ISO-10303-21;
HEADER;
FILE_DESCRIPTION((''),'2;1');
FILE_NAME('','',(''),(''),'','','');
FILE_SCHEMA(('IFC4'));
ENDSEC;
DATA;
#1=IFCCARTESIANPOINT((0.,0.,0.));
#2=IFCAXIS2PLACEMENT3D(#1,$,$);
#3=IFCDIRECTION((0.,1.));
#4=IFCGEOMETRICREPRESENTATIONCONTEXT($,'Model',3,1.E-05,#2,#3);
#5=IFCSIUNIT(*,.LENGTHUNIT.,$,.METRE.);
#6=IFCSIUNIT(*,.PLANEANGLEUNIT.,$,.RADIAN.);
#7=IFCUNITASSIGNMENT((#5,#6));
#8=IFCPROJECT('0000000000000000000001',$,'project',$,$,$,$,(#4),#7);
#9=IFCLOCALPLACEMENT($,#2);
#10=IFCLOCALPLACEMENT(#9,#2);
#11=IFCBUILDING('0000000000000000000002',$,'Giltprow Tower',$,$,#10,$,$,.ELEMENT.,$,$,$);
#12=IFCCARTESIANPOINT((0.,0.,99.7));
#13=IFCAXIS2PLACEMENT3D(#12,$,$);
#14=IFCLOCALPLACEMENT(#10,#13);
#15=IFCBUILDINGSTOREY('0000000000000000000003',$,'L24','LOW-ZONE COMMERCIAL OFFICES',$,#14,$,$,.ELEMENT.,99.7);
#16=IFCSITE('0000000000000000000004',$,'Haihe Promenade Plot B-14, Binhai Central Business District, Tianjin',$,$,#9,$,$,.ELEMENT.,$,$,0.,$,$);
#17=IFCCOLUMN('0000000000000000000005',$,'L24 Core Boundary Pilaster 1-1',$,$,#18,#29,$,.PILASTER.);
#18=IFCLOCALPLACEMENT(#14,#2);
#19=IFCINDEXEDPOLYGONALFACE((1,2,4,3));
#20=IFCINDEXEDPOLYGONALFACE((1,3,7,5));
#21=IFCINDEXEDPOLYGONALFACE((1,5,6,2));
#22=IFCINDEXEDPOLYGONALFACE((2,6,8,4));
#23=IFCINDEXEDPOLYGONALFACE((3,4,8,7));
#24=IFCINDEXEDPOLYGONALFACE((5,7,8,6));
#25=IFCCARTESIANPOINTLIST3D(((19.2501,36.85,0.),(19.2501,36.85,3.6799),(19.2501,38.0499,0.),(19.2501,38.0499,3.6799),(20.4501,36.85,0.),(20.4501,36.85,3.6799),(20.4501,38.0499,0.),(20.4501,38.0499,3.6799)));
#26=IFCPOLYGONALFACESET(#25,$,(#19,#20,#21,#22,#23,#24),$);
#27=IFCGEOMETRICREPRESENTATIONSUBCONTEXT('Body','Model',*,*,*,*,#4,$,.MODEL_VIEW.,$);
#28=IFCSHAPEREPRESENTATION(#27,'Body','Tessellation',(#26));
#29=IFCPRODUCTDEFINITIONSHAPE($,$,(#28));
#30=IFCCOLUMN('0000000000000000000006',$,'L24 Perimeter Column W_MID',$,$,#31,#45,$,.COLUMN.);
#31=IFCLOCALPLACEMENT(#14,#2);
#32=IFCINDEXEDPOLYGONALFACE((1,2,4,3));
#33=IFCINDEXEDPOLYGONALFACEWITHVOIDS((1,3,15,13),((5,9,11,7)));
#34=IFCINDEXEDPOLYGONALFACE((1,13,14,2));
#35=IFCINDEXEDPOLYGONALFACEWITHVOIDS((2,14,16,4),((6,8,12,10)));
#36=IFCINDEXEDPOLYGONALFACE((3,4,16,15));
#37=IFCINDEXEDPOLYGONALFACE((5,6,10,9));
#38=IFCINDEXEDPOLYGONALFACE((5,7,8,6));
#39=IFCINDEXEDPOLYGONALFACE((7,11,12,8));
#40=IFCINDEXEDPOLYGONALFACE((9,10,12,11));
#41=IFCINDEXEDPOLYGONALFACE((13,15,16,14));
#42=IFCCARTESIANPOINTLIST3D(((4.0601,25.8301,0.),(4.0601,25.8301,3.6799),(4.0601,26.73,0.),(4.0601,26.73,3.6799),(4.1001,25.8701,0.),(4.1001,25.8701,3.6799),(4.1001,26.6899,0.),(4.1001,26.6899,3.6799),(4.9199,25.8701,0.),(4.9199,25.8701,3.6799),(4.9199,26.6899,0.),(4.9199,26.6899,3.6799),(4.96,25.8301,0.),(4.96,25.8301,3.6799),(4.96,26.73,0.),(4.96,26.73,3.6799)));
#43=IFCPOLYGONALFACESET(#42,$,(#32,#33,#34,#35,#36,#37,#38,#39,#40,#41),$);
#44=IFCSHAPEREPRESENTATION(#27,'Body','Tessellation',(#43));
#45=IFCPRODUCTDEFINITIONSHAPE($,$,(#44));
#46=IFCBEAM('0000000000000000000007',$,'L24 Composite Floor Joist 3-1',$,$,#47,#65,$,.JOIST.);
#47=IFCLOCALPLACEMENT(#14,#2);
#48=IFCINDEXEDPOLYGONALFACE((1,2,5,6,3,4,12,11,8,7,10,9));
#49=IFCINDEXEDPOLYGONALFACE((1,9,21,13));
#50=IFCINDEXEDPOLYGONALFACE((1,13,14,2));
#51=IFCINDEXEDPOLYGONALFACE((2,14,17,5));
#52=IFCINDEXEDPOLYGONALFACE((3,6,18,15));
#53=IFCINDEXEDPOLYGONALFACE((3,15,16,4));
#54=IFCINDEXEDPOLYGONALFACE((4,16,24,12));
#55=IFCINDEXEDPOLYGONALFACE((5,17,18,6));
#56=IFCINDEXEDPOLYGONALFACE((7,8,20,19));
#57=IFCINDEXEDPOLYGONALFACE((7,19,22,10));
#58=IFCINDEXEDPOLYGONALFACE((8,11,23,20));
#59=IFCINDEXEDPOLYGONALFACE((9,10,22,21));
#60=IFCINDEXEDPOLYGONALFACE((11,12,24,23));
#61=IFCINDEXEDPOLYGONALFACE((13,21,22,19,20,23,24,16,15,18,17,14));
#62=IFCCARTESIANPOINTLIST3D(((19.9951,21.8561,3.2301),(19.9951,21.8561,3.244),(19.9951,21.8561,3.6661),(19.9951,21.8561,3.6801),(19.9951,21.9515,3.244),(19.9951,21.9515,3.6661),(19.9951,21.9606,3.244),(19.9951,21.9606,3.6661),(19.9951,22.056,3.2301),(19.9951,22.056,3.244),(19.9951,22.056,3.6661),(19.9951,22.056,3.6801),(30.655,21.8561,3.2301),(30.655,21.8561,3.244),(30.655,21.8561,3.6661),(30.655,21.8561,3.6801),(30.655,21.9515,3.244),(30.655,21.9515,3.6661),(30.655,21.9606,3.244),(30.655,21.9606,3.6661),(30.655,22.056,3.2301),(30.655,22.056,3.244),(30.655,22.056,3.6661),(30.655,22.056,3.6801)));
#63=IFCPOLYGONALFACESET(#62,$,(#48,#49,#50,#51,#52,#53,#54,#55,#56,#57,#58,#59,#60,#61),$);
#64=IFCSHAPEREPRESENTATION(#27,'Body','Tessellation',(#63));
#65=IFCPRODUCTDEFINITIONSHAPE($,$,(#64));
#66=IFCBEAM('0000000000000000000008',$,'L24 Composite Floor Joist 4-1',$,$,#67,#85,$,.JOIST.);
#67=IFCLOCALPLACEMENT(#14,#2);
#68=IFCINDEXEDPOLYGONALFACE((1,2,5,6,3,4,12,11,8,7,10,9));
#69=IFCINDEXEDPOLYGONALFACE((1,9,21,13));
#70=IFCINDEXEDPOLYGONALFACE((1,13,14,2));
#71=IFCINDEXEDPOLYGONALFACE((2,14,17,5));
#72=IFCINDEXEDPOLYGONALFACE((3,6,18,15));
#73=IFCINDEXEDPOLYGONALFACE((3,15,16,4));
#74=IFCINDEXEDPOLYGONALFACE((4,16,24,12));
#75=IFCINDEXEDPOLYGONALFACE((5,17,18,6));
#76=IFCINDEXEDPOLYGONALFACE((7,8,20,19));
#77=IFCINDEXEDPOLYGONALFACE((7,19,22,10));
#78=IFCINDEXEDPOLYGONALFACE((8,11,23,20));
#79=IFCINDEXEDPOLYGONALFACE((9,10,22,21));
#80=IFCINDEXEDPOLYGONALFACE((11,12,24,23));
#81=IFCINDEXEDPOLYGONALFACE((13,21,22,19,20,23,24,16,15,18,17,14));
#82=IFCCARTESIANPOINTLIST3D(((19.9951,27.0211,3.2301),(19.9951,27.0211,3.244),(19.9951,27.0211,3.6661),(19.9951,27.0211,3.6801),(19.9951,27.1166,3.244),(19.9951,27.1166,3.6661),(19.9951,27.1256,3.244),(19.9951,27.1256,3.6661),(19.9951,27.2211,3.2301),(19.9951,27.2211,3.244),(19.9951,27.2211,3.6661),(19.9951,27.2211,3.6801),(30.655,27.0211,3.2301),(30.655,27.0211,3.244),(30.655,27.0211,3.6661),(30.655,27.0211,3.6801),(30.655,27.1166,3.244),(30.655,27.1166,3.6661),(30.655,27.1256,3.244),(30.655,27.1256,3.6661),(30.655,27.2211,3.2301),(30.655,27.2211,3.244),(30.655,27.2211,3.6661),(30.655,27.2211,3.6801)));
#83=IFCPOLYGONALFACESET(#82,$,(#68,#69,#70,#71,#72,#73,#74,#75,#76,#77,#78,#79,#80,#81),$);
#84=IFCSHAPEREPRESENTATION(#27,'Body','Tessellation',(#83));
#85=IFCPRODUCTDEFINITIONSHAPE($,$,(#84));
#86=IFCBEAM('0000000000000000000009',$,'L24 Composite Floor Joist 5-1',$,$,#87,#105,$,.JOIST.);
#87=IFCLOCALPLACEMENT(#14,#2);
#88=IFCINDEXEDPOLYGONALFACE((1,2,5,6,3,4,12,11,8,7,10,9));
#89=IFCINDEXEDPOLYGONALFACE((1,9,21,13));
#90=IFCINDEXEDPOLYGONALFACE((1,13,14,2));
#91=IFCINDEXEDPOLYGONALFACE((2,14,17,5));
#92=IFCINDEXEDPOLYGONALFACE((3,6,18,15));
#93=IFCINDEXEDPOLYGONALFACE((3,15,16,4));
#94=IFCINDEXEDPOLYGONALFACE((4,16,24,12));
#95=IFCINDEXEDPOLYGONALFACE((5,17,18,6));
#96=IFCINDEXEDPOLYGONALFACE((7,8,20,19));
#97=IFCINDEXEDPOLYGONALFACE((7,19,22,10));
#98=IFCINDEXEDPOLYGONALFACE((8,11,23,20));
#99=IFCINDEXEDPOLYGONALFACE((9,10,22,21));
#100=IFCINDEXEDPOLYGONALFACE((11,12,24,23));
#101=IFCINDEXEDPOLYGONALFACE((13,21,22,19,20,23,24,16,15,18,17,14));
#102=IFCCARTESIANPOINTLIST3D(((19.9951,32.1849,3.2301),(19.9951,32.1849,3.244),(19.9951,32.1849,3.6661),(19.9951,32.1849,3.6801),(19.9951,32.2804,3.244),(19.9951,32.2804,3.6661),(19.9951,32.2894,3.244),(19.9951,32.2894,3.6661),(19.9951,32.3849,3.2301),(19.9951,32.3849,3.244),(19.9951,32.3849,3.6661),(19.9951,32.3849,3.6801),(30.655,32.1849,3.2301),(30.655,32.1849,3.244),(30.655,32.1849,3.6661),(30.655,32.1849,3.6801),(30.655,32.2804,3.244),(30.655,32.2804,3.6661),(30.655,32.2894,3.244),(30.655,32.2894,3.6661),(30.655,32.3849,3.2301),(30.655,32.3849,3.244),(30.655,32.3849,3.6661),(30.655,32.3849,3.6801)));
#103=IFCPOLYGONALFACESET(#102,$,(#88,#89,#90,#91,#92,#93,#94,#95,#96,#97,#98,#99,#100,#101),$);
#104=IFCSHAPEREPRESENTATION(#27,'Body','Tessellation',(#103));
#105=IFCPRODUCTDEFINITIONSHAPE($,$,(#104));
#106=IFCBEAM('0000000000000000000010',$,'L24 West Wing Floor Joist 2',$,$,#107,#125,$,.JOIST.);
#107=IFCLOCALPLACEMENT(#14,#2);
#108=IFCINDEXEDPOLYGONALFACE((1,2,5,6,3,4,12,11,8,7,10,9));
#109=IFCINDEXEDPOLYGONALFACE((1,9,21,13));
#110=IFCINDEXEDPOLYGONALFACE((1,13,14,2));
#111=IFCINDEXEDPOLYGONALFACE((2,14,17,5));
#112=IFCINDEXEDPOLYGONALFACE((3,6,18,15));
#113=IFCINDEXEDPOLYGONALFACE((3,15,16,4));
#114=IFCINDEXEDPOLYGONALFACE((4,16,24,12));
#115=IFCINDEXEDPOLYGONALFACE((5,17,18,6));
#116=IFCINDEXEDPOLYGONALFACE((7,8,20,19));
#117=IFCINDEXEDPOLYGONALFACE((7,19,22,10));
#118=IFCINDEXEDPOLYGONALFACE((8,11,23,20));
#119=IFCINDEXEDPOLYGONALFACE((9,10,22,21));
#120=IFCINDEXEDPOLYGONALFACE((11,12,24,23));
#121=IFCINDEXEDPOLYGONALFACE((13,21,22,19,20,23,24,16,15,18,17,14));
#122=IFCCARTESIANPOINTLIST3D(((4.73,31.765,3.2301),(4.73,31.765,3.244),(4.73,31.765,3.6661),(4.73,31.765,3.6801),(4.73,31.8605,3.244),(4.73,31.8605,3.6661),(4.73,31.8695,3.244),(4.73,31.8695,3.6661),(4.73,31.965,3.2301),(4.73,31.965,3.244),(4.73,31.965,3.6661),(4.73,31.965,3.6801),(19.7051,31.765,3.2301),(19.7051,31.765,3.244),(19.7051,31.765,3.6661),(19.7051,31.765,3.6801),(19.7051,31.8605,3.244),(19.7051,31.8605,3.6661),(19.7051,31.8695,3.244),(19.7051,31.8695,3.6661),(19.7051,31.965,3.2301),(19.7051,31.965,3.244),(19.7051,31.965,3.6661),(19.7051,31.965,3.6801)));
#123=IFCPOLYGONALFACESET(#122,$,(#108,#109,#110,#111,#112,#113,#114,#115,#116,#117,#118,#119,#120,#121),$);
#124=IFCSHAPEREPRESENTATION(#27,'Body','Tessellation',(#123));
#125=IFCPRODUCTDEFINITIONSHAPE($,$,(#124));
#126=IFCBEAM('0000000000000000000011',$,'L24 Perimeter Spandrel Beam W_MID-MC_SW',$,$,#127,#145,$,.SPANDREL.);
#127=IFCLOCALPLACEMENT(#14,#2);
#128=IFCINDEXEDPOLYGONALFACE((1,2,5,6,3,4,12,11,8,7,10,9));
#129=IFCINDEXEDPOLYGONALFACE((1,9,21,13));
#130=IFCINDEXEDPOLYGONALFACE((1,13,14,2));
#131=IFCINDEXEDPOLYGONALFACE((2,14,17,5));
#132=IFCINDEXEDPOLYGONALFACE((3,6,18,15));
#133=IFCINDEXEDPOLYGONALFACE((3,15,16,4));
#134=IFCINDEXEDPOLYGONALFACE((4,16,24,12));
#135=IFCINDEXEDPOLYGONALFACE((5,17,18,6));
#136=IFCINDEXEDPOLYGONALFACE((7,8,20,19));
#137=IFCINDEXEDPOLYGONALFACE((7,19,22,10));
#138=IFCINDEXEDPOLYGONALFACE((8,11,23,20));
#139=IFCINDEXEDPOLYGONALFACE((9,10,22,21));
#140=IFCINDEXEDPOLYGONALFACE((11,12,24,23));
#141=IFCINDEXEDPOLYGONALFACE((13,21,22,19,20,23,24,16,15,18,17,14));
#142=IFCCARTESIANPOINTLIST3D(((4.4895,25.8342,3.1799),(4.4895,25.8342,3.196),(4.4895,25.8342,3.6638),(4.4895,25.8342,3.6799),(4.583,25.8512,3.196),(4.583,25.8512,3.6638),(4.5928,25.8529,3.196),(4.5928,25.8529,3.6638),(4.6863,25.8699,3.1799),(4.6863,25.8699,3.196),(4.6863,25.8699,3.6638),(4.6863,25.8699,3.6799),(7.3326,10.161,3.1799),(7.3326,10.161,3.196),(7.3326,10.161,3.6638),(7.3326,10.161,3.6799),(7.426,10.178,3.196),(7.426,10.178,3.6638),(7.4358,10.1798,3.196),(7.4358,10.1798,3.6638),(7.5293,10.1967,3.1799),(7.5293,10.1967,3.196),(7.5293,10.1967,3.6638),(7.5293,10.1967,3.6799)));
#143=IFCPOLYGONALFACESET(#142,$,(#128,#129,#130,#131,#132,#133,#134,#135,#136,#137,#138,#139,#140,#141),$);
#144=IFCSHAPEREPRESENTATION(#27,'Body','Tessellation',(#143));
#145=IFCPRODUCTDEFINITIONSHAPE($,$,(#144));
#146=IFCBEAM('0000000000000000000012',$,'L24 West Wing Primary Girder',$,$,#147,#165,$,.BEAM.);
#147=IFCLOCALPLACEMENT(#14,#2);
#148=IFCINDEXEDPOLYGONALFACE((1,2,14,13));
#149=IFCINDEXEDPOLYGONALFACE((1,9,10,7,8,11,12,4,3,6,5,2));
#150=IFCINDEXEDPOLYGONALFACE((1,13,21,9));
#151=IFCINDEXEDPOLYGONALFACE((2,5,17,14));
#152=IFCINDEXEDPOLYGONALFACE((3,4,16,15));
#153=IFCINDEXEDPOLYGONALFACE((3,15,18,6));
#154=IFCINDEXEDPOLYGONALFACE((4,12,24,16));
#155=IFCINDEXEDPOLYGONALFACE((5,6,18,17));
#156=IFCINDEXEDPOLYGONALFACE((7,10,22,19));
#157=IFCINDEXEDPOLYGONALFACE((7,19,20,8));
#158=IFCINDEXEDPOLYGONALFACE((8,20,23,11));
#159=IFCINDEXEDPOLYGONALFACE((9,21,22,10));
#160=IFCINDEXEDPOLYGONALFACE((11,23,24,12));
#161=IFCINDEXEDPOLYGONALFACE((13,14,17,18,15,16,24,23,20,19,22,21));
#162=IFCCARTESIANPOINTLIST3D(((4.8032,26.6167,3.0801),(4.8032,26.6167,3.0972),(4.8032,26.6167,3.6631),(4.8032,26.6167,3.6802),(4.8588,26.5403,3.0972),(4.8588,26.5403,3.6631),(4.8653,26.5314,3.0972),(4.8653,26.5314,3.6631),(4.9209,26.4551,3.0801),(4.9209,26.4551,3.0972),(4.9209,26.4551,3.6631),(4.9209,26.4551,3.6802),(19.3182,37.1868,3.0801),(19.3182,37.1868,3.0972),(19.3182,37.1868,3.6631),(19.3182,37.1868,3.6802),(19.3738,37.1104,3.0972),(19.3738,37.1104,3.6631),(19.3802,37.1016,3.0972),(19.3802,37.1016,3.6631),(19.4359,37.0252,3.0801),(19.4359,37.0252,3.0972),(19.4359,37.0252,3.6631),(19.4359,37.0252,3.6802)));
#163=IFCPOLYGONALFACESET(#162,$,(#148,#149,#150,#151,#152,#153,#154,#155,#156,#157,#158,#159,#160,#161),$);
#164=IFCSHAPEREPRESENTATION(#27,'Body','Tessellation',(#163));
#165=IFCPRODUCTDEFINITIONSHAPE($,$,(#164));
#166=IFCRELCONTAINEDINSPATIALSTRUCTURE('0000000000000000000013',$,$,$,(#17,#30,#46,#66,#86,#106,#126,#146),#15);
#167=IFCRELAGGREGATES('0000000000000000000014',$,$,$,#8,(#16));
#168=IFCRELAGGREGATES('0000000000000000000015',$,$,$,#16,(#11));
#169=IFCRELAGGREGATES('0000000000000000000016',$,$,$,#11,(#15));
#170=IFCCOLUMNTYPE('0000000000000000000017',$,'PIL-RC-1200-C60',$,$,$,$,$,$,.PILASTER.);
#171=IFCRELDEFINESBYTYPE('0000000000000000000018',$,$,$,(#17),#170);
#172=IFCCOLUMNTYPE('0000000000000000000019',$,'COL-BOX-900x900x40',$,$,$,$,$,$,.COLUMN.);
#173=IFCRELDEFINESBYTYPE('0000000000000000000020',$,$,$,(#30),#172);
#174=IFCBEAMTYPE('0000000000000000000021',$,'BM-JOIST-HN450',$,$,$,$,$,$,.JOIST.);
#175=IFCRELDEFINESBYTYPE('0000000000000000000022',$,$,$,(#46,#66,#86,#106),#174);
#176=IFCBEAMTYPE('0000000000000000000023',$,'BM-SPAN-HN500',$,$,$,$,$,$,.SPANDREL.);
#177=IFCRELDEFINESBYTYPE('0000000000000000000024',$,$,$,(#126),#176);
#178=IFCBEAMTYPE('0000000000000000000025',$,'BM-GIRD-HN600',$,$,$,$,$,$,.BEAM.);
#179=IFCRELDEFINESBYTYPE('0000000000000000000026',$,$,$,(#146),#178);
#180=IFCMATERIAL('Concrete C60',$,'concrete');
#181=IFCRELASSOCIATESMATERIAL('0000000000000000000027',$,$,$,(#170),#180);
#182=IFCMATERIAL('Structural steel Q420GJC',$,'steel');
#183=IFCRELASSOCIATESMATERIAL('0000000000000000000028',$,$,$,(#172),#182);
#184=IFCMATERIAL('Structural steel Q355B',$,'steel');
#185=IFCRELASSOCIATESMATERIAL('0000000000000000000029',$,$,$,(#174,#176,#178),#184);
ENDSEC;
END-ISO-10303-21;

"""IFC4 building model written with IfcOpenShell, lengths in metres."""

from ifc_helpers import new_model, si_unit, direction, frame, origin, origin_2d, place, context, subcontext, project, spatial, rectangle, hollow_rectangle, i_section, extrude, source, transform, mapped, material, material_profile, profile_set, type_object, element, save


model = new_model("IFC4")

# Units and contexts
model_context = context("Model", 3, precision=1e-05, world=origin(), true_north=direction((0.0, 1.0)))
body_context = subcontext(model_context, "Body", "Model", "MODEL_VIEW")
ifc_project = project(units=[si_unit("LENGTHUNIT", "METRE"), si_unit("PLANEANGLEUNIT", "RADIAN")], contexts=[model_context])

# Site, building, storey
site_placement = place(None, origin())
site = spatial("IfcSite", under=ifc_project, at=site_placement, Name="Haihe Promenade Plot B-14, Binhai Central Business District, Tianjin", CompositionType="ELEMENT", RefElevation=0.0)
building_placement = place(site_placement, origin())
building = spatial("IfcBuilding", under=site, at=building_placement, Name="Giltprow Tower", CompositionType="ELEMENT")
storey_placement = place(building_placement, frame((0.0, 0.0, 99.7)))
storey = spatial("IfcBuildingStorey", under=building, at=storey_placement, Name="L24", Description="LOW-ZONE COMMERCIAL OFFICES", CompositionType="ELEMENT", Elevation=99.7)

# Columns
ifc_material_1 = material(Name="Concrete C60", Category="concrete")
ifc_material_profile_1 = material_profile(ifc_material_1, rectangle(XDim=1.2, YDim=1.2, at=origin_2d()), Name="RC 1200x1200")
ifc_profile_set_1 = profile_set([ifc_material_profile_1], Name="Concrete C60")
column_type_1 = type_object("IfcColumnType", Name="PIL-RC-1200-C60", PredefinedType="PILASTER", material=ifc_profile_set_1)
shared_shape_1 = source(origin(), body_context, "Body", "SweptSolid", [
    extrude(rectangle(XDim=1.2, YDim=1.2, at=origin_2d()), origin(), (0.0, 0.0, 1.0), 3.6799),
])
column_1_placement = place(storey_placement, frame((19.8501, 37.45, 0.0), z_axis=(0.0, 0.0, 1.0), x_axis=(1.0, 0.0, 0.0)))
element("IfcColumn", 1, at=column_1_placement, inside=storey, type_object=column_type_1, Name="L24 Core Boundary Pilaster 1-1", PredefinedType="PILASTER", context=body_context, shape_type="MappedRepresentation", body=[
    mapped(shared_shape_1, transform((0.0, 0.0, 0.0), x_axis=(1.0, 0.0, 0.0), y_axis=(0.0, 1.0, 0.0), z_axis=(0.0, 0.0, 1.0), scale=1.0)),
])
ifc_material_2 = material(Name="Structural steel Q420GJC", Category="steel")
ifc_material_profile_2 = material_profile(ifc_material_2, hollow_rectangle(XDim=0.8999, YDim=0.8999, WallThickness=0.04, at=origin_2d()), Name="BOX 900x900x40")
ifc_profile_set_2 = profile_set([ifc_material_profile_2], Name="Structural steel Q420GJC")
column_type_2 = type_object("IfcColumnType", Name="COL-BOX-900x900x40", PredefinedType="COLUMN", material=ifc_profile_set_2)
shared_shape_2 = source(origin(), body_context, "Body", "SweptSolid", [
    extrude(hollow_rectangle(XDim=0.8999, YDim=0.8999, WallThickness=0.04, at=origin_2d()), origin(), (0.0, 0.0, 1.0), 3.6799),
])
column_2_placement = place(storey_placement, frame((4.51, 26.28, 0.0), z_axis=(0.0, 0.0, 1.0), x_axis=(1.0, 0.0, 0.0)))
element("IfcColumn", 2, at=column_2_placement, inside=storey, type_object=column_type_2, Name="L24 Perimeter Column W_MID", PredefinedType="COLUMN", context=body_context, shape_type="MappedRepresentation", body=[
    mapped(shared_shape_2, transform((0.0, 0.0, 0.0), x_axis=(1.0, 0.0, 0.0), y_axis=(0.0, 1.0, 0.0), z_axis=(0.0, 0.0, 1.0), scale=1.0)),
])

# Beams
ifc_material_3 = material(Name="Structural steel Q355B", Category="steel")
ifc_material_profile_3 = material_profile(ifc_material_3, i_section(OverallWidth=0.2, OverallDepth=0.45, WebThickness=0.009, FlangeThickness=0.0139, at=origin_2d()), Name="HN 450x200x9x14")
ifc_profile_set_3 = profile_set([ifc_material_profile_3], Name="Structural steel Q355B")
beam_type_1 = type_object("IfcBeamType", Name="BM-JOIST-HN450", PredefinedType="JOIST", material=ifc_profile_set_3)
shared_shape_3 = source(origin(), body_context, "Body", "SweptSolid", [
    extrude(i_section(OverallWidth=0.2, OverallDepth=0.45, WebThickness=0.009, FlangeThickness=0.0139, at=origin_2d()), origin(), (0.0, 0.0, 1.0), 10.6599),
])
for number, where, z_axis, x_axis, name in (
    (3, (19.9951, 21.9561, 3.4551), (1.0, 0.0, 0.0), (0.0, 1.0, 0.0), "L24 Composite Floor Joist 3-1"),
    (4, (19.9951, 27.1211, 3.4551), (1.0, 0.0, 0.0), (0.0, 1.0, 0.0), "L24 Composite Floor Joist 4-1"),
    (5, (19.9951, 32.2849, 3.4551), (1.0, 0.0, 0.0), (0.0, 1.0, 0.0), "L24 Composite Floor Joist 5-1"),
):
    element("IfcBeam", number, at=place(storey_placement, frame(where, z_axis=z_axis, x_axis=x_axis)), inside=storey, type_object=beam_type_1, Name=name, PredefinedType="JOIST", context=body_context, shape_type="MappedRepresentation", body=[
        mapped(shared_shape_3, transform((0.0, 0.0, 0.0), x_axis=(1.0, 0.0, 0.0), y_axis=(0.0, 1.0, 0.0), z_axis=(0.0, 0.0, 1.0), scale=1.0)),
    ])
shared_shape_4 = source(origin(), body_context, "Body", "SweptSolid", [
    extrude(i_section(OverallWidth=0.2, OverallDepth=0.45, WebThickness=0.009, FlangeThickness=0.0139, at=origin_2d()), origin(), (0.0, 0.0, 1.0), 14.9751),
])
beam_1_placement = place(storey_placement, frame((4.73, 31.865, 3.4551), z_axis=(1.0, 0.0, 0.0), x_axis=(0.0, 1.0, 0.0)))
element("IfcBeam", 6, at=beam_1_placement, inside=storey, type_object=beam_type_1, Name="L24 West Wing Floor Joist 2", PredefinedType="JOIST", context=body_context, shape_type="MappedRepresentation", body=[
    mapped(shared_shape_4, transform((0.0, 0.0, 0.0), x_axis=(1.0, 0.0, 0.0), y_axis=(0.0, 1.0, 0.0), z_axis=(0.0, 0.0, 1.0), scale=1.0)),
])
ifc_material_profile_4 = material_profile(ifc_material_3, i_section(OverallWidth=0.2, OverallDepth=0.5, WebThickness=0.01, FlangeThickness=0.0161, at=origin_2d()), Name="HN 500x200x10x16")
ifc_profile_set_4 = profile_set([ifc_material_profile_4], Name="Structural steel Q355B")
beam_type_2 = type_object("IfcBeamType", Name="BM-SPAN-HN500", PredefinedType="SPANDREL", material=ifc_profile_set_4)
shared_shape_5 = source(origin(), body_context, "Body", "SweptSolid", [
    extrude(i_section(OverallWidth=0.2, OverallDepth=0.5, WebThickness=0.01, FlangeThickness=0.0161, at=origin_2d()), origin(), (0.0, 0.0, 1.0), 15.929),
])
beam_2_placement = place(storey_placement, frame((4.5879, 25.8521, 3.4299), z_axis=(0.178482, -0.983943, 0.0), x_axis=(0.983943, 0.178482, 0.0)))
element("IfcBeam", 7, at=beam_2_placement, inside=storey, type_object=beam_type_2, Name="L24 Perimeter Spandrel Beam W_MID-MC_SW", PredefinedType="SPANDREL", context=body_context, shape_type="MappedRepresentation", body=[
    mapped(shared_shape_5, transform((0.0, 0.0, 0.0), x_axis=(1.0, 0.0, 0.0), y_axis=(0.0, 1.0, 0.0), z_axis=(0.0, 0.0, 1.0), scale=1.0)),
])
ifc_material_profile_5 = material_profile(ifc_material_3, i_section(OverallWidth=0.2, OverallDepth=0.6001, WebThickness=0.011, FlangeThickness=0.0171, at=origin_2d()), Name="HN 600x200x11x17")
ifc_profile_set_5 = profile_set([ifc_material_profile_5], Name="Structural steel Q355B")
beam_type_3 = type_object("IfcBeamType", Name="BM-GIRD-HN600", PredefinedType="BEAM", material=ifc_profile_set_5)
shared_shape_6 = source(origin(), body_context, "Body", "SweptSolid", [
    extrude(i_section(OverallWidth=0.2, OverallDepth=0.6001, WebThickness=0.011, FlangeThickness=0.0171, at=origin_2d()), origin(), (0.0, 0.0, 1.0), 17.9558),
])
beam_3_placement = place(storey_placement, frame((4.8621, 26.5359, 3.3801), z_axis=(0.808371, 0.588674, 0.0), x_axis=(-0.588674, 0.808371, 0.0)))
element("IfcBeam", 8, at=beam_3_placement, inside=storey, type_object=beam_type_3, Name="L24 West Wing Primary Girder", PredefinedType="BEAM", context=body_context, shape_type="MappedRepresentation", body=[
    mapped(shared_shape_6, transform((0.0, 0.0, 0.0), x_axis=(1.0, 0.0, 0.0), y_axis=(0.0, 1.0, 0.0), z_axis=(0.0, 0.0, 1.0), scale=1.0)),
])

save(model, "model.ifc")
